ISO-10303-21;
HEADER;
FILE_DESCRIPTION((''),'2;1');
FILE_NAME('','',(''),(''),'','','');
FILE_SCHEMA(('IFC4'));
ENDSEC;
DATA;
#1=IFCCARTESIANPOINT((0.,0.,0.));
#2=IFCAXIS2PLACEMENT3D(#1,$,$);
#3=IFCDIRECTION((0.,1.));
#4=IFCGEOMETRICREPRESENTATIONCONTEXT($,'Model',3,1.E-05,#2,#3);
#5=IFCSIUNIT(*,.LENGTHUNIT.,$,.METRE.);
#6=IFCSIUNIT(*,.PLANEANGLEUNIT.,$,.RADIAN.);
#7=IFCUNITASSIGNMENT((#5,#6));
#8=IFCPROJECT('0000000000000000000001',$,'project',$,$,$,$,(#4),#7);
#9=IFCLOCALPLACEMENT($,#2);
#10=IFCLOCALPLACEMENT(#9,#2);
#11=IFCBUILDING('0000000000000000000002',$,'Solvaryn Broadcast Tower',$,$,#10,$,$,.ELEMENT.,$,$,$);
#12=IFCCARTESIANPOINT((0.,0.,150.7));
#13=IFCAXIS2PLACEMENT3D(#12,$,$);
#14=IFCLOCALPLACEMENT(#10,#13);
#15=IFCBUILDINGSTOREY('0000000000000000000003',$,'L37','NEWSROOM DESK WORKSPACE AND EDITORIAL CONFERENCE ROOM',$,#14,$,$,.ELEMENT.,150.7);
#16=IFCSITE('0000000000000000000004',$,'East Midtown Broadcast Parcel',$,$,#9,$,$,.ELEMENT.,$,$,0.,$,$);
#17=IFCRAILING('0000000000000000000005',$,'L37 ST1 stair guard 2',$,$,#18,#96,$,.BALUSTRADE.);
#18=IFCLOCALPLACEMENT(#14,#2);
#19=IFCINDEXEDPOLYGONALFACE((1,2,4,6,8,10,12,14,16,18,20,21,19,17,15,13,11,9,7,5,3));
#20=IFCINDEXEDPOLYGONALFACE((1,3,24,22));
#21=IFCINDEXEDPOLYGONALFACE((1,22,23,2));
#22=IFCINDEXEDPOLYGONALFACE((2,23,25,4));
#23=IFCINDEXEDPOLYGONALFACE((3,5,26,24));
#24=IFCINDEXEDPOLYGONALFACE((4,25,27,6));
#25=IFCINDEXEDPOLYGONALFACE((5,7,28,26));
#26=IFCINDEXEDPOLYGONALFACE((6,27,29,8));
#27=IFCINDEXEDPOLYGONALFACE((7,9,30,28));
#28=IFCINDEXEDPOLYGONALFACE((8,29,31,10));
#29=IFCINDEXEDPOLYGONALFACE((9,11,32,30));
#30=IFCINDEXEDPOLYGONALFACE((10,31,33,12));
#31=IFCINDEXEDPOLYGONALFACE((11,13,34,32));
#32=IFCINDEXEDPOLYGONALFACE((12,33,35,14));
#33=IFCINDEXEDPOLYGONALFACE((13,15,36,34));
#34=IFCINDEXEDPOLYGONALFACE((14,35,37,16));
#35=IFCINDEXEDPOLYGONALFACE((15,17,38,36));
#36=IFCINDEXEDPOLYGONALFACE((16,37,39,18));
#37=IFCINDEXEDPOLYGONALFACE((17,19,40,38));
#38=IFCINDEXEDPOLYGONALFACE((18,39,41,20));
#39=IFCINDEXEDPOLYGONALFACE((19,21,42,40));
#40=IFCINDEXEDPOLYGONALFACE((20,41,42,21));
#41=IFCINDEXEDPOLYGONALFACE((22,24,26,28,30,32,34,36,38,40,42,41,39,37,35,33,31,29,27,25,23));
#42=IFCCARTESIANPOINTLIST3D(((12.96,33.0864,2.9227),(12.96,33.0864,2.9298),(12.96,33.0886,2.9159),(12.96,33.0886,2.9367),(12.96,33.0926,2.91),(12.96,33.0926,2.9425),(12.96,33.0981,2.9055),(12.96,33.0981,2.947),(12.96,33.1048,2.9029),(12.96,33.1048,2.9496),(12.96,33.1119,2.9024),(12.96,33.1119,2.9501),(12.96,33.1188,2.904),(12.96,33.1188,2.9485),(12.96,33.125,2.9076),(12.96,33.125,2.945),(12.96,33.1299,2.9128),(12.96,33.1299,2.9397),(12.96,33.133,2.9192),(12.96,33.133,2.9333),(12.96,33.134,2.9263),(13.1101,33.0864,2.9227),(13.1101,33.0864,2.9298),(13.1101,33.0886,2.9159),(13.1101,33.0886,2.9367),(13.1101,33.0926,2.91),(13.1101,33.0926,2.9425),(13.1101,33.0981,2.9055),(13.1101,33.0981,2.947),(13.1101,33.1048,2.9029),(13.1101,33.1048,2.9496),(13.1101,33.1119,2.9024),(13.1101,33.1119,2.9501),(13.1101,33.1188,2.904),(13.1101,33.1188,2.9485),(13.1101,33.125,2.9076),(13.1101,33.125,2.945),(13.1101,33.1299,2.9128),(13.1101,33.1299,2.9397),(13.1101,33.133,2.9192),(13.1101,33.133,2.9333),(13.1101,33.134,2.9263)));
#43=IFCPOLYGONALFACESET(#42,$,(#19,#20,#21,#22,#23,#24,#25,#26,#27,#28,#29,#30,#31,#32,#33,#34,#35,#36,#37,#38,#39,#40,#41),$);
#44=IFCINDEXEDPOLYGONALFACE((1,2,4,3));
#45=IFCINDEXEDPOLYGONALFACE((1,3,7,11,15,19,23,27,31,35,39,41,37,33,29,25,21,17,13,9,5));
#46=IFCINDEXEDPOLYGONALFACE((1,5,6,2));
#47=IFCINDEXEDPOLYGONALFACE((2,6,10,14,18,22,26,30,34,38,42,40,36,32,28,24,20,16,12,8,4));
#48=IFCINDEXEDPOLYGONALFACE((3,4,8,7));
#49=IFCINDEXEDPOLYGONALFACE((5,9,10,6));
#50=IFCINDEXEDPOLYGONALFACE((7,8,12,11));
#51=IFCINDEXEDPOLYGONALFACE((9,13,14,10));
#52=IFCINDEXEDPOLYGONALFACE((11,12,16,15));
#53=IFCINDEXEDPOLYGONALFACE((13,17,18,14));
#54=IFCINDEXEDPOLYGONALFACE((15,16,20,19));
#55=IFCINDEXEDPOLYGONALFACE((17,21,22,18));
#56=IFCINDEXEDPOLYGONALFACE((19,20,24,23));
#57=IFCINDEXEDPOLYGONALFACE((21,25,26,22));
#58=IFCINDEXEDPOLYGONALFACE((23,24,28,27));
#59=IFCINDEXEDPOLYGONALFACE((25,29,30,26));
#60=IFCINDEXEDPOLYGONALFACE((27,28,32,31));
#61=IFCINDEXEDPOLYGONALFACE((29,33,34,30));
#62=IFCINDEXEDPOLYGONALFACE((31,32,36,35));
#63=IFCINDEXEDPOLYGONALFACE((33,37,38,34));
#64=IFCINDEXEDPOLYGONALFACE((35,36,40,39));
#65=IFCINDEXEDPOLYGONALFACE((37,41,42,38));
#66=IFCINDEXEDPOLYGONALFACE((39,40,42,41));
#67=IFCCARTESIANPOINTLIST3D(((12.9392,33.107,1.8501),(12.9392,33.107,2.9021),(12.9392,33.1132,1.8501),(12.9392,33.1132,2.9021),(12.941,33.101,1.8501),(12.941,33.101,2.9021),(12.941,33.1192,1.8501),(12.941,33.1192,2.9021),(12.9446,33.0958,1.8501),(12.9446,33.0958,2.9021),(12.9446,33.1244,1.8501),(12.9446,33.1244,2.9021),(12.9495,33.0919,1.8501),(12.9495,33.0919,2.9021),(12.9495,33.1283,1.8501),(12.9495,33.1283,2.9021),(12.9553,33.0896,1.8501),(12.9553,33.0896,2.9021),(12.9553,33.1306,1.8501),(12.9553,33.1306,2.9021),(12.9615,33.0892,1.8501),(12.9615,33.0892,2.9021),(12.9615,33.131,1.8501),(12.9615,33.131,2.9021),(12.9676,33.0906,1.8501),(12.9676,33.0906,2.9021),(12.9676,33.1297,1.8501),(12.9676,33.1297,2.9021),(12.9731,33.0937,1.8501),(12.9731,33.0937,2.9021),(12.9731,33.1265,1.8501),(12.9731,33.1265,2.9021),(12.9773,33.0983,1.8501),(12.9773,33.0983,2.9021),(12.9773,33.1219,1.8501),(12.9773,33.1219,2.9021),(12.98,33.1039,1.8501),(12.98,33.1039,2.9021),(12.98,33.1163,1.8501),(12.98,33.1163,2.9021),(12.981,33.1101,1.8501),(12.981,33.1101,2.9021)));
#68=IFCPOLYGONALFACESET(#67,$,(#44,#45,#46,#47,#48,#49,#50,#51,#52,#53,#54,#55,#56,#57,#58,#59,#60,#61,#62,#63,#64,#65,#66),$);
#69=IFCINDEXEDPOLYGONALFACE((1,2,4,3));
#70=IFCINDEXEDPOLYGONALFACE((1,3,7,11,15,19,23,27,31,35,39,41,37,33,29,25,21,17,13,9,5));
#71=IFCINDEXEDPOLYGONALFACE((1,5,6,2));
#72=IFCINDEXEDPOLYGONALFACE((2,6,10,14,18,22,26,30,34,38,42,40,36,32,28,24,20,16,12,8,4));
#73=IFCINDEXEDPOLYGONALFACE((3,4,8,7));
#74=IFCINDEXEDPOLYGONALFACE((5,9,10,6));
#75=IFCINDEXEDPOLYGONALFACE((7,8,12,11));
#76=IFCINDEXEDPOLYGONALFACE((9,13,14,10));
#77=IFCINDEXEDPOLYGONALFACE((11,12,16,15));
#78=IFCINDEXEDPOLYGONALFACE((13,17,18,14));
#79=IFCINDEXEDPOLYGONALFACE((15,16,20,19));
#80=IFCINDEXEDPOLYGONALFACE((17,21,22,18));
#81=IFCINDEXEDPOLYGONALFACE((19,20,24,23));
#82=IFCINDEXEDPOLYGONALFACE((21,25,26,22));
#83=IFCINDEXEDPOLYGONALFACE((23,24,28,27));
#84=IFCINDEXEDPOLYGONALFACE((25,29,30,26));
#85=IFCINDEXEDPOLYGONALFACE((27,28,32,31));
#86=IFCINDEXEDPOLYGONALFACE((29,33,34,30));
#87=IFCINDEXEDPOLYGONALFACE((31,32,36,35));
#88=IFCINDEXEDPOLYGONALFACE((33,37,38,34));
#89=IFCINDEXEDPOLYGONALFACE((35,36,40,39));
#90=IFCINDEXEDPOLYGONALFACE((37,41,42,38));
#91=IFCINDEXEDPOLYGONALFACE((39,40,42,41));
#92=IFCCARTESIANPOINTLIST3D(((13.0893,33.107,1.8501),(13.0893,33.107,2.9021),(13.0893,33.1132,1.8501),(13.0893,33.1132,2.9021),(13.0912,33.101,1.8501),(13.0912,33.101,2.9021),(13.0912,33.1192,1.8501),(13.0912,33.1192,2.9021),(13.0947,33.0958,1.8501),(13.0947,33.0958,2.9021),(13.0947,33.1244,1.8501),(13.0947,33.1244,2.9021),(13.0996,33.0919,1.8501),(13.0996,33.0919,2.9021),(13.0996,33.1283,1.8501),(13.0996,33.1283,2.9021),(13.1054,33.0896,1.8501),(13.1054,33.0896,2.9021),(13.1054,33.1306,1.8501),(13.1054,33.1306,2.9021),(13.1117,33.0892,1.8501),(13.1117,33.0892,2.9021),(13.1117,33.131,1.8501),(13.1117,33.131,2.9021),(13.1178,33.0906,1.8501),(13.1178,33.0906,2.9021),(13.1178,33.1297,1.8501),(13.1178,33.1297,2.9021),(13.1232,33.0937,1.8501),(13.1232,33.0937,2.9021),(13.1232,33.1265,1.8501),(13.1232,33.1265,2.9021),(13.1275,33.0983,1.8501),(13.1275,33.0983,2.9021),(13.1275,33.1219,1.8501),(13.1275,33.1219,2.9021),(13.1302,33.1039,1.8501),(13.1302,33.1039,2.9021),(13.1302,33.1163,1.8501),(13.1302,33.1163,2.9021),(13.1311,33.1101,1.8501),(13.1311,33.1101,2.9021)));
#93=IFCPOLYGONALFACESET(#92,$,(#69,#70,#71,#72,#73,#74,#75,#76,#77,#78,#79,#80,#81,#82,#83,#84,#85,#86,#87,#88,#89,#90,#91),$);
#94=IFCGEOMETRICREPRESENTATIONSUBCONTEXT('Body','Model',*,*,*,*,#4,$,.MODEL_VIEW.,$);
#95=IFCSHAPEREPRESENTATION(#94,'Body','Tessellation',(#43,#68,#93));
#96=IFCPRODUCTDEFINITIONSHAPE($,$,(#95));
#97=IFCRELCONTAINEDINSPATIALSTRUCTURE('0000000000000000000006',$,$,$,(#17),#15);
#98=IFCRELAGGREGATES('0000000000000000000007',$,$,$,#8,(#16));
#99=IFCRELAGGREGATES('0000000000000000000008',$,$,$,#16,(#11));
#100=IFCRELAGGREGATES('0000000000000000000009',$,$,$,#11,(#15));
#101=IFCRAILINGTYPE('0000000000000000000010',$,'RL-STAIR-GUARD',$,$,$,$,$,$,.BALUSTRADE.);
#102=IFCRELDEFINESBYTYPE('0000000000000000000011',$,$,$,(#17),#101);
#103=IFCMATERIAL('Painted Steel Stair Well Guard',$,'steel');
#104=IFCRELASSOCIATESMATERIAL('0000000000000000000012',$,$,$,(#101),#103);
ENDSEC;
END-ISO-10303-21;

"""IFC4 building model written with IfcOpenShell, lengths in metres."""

from ifc_helpers import new_model, si_unit, direction, frame, origin, origin_2d, place, context, subcontext, project, spatial, circle, extrude, material, type_object, element, save


model = new_model("IFC4")

# Units and contexts
model_context = context("Model", 3, precision=1e-05, world=origin(), true_north=direction((0.0, 1.0)))
body_context = subcontext(model_context, "Body", "Model", "MODEL_VIEW")
ifc_project = project(units=[si_unit("LENGTHUNIT", "METRE"), si_unit("PLANEANGLEUNIT", "RADIAN")], contexts=[model_context])

# Site, building, storey
site_placement = place(None, origin())
site = spatial("IfcSite", under=ifc_project, at=site_placement, Name="East Midtown Broadcast Parcel", CompositionType="ELEMENT", RefElevation=0.0)
building_placement = place(site_placement, origin())
building = spatial("IfcBuilding", under=site, at=building_placement, Name="Solvaryn Broadcast Tower", CompositionType="ELEMENT")
storey_placement = place(building_placement, frame((0.0, 0.0, 150.7)))
storey = spatial("IfcBuildingStorey", under=building, at=storey_placement, Name="L37", Description="NEWSROOM DESK WORKSPACE AND EDITORIAL CONFERENCE ROOM", CompositionType="ELEMENT", Elevation=150.7)

# Railing
ifc_material_1 = material(Name="Painted Steel Stair Well Guard", Category="steel")
railing_type_1 = type_object("IfcRailingType", Name="RL-STAIR-GUARD", PredefinedType="BALUSTRADE", material=ifc_material_1)
railing_1_placement = place(storey_placement, frame((12.96, 33.1101, 1.8501)))
element("IfcRailing", 1, at=railing_1_placement, inside=storey, type_object=railing_type_1, Name="L37 ST1 stair guard 2", PredefinedType="BALUSTRADE", context=body_context, shape_type="SweptSolid", body=[
    extrude(circle(Radius=0.0239, at=origin_2d()), frame((0.0, 0.0, 1.0762), z_axis=(1.0, 0.0, 0.0), x_axis=(0.0, 1.0, 0.0)), (0.0, 0.0, 1.0), 0.1501),
    extrude(circle(Radius=0.021, at=origin_2d()), origin(), (0.0, 0.0, 1.0), 1.052),
    extrude(circle(Radius=0.021, at=origin_2d()), frame((0.1501, 0.0, 0.0)), (0.0, 0.0, 1.0), 1.052),
])

save(model, "model.ifc")
